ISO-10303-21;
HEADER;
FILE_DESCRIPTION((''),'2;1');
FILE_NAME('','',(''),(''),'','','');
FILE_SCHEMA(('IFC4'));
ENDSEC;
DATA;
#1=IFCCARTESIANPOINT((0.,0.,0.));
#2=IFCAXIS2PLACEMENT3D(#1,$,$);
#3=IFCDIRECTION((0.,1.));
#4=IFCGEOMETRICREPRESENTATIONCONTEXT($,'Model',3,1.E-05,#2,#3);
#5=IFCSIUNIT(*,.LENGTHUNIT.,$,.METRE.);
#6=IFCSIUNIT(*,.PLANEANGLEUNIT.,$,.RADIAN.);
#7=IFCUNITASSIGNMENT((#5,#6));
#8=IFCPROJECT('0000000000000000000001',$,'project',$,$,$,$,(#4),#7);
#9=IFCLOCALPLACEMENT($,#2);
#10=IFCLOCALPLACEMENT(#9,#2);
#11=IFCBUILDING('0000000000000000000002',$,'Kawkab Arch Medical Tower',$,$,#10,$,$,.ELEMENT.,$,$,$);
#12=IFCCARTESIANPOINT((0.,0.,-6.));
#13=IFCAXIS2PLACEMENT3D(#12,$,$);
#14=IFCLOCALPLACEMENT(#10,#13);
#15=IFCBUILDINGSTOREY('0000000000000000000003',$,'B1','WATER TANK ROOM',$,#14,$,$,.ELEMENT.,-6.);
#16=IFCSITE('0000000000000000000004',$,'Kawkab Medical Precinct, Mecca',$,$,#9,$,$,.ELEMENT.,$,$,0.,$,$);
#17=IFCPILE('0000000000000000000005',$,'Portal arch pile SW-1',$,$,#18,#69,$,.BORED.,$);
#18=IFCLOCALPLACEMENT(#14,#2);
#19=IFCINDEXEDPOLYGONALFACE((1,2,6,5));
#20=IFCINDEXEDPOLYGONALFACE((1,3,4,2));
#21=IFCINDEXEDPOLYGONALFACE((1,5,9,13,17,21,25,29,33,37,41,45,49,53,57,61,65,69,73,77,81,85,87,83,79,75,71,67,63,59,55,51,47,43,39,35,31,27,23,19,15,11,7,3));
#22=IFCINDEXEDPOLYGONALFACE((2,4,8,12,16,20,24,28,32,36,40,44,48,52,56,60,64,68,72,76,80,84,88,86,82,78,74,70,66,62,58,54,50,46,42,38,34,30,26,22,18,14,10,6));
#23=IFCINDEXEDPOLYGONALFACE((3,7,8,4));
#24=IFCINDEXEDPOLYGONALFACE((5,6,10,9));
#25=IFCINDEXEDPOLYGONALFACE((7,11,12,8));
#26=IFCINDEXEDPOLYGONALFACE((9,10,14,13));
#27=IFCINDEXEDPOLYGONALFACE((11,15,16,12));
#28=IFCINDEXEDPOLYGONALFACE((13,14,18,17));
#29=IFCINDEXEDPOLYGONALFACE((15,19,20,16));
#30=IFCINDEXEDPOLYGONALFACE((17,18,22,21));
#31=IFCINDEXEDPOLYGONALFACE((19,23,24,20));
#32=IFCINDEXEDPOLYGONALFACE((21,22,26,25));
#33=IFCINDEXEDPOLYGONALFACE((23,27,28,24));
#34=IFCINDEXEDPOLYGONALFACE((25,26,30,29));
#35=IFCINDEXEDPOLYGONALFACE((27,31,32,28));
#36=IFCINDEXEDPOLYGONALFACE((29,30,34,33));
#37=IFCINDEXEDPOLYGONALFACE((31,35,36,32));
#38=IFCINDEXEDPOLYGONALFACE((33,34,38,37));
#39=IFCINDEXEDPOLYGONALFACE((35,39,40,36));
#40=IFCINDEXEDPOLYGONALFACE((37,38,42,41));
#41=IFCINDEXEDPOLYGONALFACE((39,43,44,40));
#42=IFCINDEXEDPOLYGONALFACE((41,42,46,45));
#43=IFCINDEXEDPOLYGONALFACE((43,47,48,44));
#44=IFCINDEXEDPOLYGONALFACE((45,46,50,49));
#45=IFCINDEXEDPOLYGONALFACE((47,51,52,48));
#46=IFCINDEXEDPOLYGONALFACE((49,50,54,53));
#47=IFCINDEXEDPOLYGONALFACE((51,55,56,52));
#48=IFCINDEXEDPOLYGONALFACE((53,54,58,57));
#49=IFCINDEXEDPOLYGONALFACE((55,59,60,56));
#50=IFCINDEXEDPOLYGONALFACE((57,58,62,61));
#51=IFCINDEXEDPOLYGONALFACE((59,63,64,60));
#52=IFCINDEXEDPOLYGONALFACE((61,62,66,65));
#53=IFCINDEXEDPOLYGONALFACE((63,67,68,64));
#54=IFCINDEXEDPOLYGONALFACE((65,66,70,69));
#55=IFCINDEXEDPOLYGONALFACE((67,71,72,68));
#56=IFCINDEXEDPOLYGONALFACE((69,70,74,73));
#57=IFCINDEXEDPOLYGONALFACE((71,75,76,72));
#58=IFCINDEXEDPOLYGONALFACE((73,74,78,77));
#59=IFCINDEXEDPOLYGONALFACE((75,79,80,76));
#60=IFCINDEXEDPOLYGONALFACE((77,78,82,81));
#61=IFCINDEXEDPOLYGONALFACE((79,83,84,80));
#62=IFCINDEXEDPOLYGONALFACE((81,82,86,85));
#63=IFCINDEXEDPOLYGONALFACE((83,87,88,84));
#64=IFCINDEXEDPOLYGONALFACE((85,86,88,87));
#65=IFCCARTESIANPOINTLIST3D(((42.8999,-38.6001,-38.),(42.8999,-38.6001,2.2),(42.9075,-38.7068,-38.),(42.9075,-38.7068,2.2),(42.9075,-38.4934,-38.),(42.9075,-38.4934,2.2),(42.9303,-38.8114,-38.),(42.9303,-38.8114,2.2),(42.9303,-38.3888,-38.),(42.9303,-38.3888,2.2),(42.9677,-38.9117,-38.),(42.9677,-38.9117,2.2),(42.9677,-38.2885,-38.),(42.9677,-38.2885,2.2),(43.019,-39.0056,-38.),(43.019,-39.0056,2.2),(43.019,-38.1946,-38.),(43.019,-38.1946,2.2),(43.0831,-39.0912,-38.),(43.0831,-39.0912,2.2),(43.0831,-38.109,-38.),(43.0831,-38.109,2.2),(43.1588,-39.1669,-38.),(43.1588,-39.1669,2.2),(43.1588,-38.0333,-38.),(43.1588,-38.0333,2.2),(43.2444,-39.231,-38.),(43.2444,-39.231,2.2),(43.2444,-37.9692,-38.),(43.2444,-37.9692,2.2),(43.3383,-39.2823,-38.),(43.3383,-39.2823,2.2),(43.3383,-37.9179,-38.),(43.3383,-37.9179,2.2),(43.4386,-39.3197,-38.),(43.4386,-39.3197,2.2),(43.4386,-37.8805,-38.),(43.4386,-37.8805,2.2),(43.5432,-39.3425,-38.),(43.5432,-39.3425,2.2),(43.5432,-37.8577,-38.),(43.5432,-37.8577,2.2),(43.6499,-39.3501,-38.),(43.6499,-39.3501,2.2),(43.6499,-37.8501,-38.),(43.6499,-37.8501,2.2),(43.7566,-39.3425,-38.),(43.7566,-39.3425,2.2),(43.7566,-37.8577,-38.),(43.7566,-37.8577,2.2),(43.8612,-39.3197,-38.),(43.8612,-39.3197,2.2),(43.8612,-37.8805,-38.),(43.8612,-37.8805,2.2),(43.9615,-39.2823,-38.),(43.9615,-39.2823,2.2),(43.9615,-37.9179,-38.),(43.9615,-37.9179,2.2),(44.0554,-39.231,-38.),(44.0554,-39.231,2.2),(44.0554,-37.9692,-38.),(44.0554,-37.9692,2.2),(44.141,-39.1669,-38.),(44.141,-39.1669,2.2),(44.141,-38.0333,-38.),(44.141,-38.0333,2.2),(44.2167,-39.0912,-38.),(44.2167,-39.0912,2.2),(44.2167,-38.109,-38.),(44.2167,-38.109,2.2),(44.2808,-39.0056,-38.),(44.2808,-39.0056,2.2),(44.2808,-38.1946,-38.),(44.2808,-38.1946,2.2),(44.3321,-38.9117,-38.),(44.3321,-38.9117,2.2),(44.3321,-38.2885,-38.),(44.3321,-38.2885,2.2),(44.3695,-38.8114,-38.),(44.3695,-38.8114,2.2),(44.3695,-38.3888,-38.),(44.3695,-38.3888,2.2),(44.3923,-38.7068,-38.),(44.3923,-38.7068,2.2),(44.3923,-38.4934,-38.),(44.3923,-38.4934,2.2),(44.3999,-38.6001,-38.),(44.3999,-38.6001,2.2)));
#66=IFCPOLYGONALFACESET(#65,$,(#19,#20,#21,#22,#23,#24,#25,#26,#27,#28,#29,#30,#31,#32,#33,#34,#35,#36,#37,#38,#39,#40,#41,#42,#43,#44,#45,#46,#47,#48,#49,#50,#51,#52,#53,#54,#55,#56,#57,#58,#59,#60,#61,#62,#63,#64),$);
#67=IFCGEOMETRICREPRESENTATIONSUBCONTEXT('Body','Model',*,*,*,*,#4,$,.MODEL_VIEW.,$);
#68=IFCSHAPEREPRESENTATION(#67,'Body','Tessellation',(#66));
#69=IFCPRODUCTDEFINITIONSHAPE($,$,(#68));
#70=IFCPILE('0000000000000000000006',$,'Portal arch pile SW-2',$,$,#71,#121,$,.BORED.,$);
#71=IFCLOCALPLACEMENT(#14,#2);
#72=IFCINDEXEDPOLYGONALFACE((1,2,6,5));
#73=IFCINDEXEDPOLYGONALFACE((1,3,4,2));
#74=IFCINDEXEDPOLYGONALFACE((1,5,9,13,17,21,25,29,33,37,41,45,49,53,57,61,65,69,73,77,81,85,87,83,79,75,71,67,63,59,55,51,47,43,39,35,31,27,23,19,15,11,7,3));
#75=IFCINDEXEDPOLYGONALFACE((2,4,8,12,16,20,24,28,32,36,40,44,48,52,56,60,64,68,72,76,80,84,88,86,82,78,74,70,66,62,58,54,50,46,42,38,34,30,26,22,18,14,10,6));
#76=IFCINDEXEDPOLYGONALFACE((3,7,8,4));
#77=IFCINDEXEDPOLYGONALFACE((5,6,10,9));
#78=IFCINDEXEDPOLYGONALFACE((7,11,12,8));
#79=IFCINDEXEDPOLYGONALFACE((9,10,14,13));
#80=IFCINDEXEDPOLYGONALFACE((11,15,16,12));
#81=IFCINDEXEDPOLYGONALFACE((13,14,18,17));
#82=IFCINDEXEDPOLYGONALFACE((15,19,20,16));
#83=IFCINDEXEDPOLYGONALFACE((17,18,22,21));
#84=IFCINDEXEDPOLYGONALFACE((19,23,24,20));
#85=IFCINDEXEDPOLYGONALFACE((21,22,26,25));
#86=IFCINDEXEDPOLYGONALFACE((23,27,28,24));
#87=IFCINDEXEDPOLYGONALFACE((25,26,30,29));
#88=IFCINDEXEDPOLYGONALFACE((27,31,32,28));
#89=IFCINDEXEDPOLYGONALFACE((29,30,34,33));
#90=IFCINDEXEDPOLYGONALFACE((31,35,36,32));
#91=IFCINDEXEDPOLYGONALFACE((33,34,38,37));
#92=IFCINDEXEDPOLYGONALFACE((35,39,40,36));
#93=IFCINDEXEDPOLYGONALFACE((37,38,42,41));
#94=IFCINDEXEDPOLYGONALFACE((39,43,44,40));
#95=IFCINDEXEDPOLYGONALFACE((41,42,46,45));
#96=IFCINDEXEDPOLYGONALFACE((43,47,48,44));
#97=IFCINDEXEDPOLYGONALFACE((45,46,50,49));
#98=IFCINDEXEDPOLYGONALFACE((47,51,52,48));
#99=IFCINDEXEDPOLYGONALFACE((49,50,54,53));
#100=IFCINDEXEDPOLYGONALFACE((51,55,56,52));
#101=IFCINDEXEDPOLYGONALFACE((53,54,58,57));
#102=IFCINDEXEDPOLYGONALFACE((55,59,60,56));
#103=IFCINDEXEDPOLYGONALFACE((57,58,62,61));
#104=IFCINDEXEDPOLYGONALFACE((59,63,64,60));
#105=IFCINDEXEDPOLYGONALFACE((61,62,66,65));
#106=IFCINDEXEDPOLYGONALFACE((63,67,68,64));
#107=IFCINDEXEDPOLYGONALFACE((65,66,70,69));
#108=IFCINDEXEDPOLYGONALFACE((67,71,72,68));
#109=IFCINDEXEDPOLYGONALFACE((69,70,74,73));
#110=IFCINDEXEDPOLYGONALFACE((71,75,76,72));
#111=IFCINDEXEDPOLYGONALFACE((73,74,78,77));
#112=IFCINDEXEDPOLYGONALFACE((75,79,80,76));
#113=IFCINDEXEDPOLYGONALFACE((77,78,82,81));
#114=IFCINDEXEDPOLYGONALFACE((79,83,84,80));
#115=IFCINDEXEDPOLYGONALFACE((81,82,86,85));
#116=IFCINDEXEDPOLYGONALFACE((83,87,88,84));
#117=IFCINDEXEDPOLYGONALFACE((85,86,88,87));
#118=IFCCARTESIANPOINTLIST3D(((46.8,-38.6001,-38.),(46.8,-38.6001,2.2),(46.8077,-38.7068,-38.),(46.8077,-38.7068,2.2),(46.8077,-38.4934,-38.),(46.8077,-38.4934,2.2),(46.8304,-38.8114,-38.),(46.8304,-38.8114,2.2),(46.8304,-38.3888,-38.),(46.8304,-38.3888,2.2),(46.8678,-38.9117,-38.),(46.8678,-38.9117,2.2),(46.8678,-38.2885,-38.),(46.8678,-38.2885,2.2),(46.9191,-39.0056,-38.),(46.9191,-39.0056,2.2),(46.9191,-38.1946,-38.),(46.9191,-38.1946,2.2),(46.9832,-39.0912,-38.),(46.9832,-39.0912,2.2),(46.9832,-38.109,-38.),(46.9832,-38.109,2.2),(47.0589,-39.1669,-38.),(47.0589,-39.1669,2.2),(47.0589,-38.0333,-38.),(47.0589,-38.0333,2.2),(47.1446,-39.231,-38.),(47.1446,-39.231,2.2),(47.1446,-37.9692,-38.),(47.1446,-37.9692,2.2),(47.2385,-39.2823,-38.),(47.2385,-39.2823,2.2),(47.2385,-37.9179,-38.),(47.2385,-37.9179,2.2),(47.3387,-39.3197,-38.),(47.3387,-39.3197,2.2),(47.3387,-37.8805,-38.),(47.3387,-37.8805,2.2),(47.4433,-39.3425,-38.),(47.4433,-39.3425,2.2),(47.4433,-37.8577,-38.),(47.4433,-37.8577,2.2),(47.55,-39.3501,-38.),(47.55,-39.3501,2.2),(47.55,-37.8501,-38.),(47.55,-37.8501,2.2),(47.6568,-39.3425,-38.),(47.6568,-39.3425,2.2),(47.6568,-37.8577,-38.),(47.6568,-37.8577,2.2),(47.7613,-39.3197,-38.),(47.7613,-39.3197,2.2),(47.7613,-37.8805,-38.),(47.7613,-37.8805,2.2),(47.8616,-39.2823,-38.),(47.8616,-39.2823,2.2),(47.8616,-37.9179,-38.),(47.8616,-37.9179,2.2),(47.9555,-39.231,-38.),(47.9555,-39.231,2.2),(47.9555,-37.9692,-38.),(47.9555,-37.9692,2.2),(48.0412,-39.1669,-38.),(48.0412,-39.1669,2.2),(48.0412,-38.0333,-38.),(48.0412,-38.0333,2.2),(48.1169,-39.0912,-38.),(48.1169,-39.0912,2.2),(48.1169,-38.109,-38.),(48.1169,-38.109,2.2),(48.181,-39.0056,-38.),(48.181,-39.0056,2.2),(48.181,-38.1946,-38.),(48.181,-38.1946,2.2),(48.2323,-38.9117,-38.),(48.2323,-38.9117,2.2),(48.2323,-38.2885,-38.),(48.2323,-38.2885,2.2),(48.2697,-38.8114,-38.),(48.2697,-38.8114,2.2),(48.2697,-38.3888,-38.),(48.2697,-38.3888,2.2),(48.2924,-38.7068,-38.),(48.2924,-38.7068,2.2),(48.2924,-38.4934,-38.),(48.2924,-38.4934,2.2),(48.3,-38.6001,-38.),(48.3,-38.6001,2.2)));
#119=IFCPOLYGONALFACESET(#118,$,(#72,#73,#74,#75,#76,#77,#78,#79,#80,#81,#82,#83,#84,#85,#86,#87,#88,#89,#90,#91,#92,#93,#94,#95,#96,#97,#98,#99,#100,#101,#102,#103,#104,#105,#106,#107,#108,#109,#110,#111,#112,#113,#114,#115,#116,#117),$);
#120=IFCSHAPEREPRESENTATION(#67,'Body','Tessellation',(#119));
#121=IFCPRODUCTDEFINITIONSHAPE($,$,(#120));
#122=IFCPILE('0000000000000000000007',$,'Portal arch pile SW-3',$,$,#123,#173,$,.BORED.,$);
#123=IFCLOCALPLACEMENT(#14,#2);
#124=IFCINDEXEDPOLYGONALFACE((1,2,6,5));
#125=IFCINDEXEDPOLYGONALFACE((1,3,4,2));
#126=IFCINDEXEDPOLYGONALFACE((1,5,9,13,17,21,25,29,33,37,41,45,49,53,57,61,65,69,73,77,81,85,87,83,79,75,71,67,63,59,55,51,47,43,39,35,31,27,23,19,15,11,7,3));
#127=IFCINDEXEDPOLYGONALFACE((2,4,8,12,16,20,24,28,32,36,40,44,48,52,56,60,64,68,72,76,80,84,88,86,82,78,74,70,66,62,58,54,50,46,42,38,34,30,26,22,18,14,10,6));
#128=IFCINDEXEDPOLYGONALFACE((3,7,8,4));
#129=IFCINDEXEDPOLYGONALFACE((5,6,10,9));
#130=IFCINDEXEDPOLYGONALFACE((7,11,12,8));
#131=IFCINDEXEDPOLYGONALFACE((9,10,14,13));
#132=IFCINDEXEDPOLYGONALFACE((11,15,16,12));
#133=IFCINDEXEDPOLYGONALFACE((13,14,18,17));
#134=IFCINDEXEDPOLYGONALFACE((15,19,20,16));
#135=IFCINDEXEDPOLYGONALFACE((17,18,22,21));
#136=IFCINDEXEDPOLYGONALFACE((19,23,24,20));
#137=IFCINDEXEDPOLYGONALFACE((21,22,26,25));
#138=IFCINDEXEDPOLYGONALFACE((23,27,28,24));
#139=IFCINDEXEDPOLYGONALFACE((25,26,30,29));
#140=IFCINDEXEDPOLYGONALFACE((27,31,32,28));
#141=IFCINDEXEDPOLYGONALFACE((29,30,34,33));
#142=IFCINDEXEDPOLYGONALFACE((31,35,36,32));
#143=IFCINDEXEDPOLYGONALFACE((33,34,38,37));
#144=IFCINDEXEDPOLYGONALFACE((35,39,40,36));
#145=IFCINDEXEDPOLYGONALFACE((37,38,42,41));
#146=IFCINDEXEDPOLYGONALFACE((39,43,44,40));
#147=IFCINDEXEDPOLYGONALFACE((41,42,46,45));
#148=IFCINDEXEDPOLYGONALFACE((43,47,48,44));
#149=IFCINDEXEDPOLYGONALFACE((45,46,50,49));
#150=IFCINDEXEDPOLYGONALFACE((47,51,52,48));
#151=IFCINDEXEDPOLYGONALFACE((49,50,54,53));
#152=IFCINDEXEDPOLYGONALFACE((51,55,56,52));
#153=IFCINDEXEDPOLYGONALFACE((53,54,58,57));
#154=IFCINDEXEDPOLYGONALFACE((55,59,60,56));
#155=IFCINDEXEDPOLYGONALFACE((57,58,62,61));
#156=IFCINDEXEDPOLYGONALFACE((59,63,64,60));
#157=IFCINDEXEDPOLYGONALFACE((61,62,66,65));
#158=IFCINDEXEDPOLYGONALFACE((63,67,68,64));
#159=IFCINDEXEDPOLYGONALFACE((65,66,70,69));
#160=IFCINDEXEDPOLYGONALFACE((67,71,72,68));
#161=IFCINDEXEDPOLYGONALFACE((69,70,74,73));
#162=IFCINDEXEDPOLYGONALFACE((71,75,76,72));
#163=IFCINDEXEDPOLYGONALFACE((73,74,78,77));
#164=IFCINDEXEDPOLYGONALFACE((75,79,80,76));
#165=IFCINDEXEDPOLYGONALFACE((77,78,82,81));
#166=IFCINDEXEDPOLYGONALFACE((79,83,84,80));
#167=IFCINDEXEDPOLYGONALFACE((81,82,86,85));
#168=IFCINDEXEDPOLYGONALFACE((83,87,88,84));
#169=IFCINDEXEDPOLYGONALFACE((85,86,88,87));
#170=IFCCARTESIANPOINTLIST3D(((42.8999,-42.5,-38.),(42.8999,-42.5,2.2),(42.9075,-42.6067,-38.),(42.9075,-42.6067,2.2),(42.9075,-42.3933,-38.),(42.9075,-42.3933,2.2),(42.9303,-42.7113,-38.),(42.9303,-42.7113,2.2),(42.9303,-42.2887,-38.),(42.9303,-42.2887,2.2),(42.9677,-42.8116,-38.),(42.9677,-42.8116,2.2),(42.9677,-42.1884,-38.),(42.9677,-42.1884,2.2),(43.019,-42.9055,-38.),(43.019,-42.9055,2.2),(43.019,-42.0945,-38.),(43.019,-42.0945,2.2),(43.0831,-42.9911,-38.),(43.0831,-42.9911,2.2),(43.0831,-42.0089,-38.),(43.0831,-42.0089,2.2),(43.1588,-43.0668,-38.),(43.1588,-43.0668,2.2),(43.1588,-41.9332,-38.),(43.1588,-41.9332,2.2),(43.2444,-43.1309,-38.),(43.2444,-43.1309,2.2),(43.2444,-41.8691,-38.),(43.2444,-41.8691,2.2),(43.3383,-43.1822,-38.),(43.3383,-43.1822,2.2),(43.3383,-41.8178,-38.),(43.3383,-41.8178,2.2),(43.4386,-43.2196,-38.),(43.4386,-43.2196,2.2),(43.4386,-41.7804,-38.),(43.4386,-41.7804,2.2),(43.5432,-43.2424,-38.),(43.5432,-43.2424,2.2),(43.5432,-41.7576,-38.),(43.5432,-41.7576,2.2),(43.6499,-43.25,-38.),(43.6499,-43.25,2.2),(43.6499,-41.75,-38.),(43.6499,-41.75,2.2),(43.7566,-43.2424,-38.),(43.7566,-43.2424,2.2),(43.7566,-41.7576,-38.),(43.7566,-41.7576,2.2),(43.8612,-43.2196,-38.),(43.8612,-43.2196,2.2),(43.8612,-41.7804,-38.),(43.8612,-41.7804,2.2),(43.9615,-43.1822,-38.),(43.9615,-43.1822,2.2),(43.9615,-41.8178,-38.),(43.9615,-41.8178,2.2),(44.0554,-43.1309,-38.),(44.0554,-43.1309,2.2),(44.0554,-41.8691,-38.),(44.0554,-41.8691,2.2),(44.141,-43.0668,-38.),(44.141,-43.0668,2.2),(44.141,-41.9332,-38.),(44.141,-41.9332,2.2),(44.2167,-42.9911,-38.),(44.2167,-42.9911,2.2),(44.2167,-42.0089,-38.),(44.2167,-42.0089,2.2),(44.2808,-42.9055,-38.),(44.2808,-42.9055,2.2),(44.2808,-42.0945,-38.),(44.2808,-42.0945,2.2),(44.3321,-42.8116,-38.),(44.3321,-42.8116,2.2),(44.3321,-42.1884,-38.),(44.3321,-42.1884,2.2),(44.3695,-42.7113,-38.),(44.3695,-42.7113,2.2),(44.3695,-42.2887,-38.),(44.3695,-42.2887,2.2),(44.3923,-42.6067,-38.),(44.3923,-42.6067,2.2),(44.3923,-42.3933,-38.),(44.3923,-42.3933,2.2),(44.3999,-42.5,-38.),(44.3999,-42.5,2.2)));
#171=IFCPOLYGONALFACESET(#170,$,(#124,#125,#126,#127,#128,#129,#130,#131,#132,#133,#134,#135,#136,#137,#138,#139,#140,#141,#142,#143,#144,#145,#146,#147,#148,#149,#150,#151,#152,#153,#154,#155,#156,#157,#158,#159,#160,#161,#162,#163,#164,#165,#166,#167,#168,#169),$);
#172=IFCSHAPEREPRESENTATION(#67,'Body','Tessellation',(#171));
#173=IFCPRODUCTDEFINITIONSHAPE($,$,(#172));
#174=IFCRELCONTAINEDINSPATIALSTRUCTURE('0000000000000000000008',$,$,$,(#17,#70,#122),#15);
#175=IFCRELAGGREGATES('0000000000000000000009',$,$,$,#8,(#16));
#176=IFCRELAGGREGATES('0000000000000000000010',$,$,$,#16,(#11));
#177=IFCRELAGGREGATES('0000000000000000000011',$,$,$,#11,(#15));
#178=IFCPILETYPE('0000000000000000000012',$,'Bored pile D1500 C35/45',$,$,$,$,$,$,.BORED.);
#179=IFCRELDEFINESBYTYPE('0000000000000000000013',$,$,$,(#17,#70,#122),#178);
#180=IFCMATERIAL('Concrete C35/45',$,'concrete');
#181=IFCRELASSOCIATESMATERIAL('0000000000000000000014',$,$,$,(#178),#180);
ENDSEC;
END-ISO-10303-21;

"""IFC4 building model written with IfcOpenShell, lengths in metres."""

from ifc_helpers import new_model, si_unit, direction, frame, origin, origin_2d, place, context, subcontext, project, spatial, circle, extrude, material, material_profile, profile_set, type_object, element, save


model = new_model("IFC4")

# Units and contexts
model_context = context("Model", 3, precision=1e-05, world=origin(), true_north=direction((0.0, 1.0)))
body_context = subcontext(model_context, "Body", "Model", "MODEL_VIEW")
ifc_project = project(units=[si_unit("LENGTHUNIT", "METRE"), si_unit("PLANEANGLEUNIT", "RADIAN")], contexts=[model_context])

# Site, building, storey
site_placement = place(None, origin())
site = spatial("IfcSite", under=ifc_project, at=site_placement, Name="Kawkab Medical Precinct, Mecca", CompositionType="ELEMENT", RefElevation=0.0)
building_placement = place(site_placement, origin())
building = spatial("IfcBuilding", under=site, at=building_placement, Name="Kawkab Arch Medical Tower", CompositionType="ELEMENT")
storey_placement = place(building_placement, frame((0.0, 0.0, -6.0)))
storey = spatial("IfcBuildingStorey", under=building, at=storey_placement, Name="B1", Description="WATER TANK ROOM", CompositionType="ELEMENT", Elevation=-6.0)

# Piles
ifc_material_1 = material(Name="Concrete C35/45", Category="concrete")
ifc_material_profile_1 = material_profile(ifc_material_1, circle(Radius=0.75, at=origin_2d()), Name="Bored pile D1500")
ifc_profile_set_1 = profile_set([ifc_material_profile_1], Name="Concrete C35/45")
pile_type_1 = type_object("IfcPileType", Name="Bored pile D1500 C35/45", PredefinedType="BORED", material=ifc_profile_set_1)
for number, where, z_axis, x_axis, name in (
    (1, (43.6499, -38.6001, 2.2), (0.0, 0.0, -1.0), (1.0, 0.0, 0.0), "Portal arch pile SW-1"),
    (2, (47.55, -38.6001, 2.2), (0.0, 0.0, -1.0), (1.0, 0.0, 0.0), "Portal arch pile SW-2"),
    (3, (43.6499, -42.5, 2.2), (0.0, 0.0, -1.0), (1.0, 0.0, 0.0), "Portal arch pile SW-3"),
):
    element("IfcPile", number, at=place(storey_placement, frame(where, z_axis=z_axis, x_axis=x_axis)), inside=storey, type_object=pile_type_1, Name=name, PredefinedType="BORED", context=body_context, shape_type="SweptSolid", body=[
        extrude(circle(Radius=0.75, at=origin_2d()), origin(), (0.0, 0.0, 1.0), 40.2),
    ])

save(model, "model.ifc")
